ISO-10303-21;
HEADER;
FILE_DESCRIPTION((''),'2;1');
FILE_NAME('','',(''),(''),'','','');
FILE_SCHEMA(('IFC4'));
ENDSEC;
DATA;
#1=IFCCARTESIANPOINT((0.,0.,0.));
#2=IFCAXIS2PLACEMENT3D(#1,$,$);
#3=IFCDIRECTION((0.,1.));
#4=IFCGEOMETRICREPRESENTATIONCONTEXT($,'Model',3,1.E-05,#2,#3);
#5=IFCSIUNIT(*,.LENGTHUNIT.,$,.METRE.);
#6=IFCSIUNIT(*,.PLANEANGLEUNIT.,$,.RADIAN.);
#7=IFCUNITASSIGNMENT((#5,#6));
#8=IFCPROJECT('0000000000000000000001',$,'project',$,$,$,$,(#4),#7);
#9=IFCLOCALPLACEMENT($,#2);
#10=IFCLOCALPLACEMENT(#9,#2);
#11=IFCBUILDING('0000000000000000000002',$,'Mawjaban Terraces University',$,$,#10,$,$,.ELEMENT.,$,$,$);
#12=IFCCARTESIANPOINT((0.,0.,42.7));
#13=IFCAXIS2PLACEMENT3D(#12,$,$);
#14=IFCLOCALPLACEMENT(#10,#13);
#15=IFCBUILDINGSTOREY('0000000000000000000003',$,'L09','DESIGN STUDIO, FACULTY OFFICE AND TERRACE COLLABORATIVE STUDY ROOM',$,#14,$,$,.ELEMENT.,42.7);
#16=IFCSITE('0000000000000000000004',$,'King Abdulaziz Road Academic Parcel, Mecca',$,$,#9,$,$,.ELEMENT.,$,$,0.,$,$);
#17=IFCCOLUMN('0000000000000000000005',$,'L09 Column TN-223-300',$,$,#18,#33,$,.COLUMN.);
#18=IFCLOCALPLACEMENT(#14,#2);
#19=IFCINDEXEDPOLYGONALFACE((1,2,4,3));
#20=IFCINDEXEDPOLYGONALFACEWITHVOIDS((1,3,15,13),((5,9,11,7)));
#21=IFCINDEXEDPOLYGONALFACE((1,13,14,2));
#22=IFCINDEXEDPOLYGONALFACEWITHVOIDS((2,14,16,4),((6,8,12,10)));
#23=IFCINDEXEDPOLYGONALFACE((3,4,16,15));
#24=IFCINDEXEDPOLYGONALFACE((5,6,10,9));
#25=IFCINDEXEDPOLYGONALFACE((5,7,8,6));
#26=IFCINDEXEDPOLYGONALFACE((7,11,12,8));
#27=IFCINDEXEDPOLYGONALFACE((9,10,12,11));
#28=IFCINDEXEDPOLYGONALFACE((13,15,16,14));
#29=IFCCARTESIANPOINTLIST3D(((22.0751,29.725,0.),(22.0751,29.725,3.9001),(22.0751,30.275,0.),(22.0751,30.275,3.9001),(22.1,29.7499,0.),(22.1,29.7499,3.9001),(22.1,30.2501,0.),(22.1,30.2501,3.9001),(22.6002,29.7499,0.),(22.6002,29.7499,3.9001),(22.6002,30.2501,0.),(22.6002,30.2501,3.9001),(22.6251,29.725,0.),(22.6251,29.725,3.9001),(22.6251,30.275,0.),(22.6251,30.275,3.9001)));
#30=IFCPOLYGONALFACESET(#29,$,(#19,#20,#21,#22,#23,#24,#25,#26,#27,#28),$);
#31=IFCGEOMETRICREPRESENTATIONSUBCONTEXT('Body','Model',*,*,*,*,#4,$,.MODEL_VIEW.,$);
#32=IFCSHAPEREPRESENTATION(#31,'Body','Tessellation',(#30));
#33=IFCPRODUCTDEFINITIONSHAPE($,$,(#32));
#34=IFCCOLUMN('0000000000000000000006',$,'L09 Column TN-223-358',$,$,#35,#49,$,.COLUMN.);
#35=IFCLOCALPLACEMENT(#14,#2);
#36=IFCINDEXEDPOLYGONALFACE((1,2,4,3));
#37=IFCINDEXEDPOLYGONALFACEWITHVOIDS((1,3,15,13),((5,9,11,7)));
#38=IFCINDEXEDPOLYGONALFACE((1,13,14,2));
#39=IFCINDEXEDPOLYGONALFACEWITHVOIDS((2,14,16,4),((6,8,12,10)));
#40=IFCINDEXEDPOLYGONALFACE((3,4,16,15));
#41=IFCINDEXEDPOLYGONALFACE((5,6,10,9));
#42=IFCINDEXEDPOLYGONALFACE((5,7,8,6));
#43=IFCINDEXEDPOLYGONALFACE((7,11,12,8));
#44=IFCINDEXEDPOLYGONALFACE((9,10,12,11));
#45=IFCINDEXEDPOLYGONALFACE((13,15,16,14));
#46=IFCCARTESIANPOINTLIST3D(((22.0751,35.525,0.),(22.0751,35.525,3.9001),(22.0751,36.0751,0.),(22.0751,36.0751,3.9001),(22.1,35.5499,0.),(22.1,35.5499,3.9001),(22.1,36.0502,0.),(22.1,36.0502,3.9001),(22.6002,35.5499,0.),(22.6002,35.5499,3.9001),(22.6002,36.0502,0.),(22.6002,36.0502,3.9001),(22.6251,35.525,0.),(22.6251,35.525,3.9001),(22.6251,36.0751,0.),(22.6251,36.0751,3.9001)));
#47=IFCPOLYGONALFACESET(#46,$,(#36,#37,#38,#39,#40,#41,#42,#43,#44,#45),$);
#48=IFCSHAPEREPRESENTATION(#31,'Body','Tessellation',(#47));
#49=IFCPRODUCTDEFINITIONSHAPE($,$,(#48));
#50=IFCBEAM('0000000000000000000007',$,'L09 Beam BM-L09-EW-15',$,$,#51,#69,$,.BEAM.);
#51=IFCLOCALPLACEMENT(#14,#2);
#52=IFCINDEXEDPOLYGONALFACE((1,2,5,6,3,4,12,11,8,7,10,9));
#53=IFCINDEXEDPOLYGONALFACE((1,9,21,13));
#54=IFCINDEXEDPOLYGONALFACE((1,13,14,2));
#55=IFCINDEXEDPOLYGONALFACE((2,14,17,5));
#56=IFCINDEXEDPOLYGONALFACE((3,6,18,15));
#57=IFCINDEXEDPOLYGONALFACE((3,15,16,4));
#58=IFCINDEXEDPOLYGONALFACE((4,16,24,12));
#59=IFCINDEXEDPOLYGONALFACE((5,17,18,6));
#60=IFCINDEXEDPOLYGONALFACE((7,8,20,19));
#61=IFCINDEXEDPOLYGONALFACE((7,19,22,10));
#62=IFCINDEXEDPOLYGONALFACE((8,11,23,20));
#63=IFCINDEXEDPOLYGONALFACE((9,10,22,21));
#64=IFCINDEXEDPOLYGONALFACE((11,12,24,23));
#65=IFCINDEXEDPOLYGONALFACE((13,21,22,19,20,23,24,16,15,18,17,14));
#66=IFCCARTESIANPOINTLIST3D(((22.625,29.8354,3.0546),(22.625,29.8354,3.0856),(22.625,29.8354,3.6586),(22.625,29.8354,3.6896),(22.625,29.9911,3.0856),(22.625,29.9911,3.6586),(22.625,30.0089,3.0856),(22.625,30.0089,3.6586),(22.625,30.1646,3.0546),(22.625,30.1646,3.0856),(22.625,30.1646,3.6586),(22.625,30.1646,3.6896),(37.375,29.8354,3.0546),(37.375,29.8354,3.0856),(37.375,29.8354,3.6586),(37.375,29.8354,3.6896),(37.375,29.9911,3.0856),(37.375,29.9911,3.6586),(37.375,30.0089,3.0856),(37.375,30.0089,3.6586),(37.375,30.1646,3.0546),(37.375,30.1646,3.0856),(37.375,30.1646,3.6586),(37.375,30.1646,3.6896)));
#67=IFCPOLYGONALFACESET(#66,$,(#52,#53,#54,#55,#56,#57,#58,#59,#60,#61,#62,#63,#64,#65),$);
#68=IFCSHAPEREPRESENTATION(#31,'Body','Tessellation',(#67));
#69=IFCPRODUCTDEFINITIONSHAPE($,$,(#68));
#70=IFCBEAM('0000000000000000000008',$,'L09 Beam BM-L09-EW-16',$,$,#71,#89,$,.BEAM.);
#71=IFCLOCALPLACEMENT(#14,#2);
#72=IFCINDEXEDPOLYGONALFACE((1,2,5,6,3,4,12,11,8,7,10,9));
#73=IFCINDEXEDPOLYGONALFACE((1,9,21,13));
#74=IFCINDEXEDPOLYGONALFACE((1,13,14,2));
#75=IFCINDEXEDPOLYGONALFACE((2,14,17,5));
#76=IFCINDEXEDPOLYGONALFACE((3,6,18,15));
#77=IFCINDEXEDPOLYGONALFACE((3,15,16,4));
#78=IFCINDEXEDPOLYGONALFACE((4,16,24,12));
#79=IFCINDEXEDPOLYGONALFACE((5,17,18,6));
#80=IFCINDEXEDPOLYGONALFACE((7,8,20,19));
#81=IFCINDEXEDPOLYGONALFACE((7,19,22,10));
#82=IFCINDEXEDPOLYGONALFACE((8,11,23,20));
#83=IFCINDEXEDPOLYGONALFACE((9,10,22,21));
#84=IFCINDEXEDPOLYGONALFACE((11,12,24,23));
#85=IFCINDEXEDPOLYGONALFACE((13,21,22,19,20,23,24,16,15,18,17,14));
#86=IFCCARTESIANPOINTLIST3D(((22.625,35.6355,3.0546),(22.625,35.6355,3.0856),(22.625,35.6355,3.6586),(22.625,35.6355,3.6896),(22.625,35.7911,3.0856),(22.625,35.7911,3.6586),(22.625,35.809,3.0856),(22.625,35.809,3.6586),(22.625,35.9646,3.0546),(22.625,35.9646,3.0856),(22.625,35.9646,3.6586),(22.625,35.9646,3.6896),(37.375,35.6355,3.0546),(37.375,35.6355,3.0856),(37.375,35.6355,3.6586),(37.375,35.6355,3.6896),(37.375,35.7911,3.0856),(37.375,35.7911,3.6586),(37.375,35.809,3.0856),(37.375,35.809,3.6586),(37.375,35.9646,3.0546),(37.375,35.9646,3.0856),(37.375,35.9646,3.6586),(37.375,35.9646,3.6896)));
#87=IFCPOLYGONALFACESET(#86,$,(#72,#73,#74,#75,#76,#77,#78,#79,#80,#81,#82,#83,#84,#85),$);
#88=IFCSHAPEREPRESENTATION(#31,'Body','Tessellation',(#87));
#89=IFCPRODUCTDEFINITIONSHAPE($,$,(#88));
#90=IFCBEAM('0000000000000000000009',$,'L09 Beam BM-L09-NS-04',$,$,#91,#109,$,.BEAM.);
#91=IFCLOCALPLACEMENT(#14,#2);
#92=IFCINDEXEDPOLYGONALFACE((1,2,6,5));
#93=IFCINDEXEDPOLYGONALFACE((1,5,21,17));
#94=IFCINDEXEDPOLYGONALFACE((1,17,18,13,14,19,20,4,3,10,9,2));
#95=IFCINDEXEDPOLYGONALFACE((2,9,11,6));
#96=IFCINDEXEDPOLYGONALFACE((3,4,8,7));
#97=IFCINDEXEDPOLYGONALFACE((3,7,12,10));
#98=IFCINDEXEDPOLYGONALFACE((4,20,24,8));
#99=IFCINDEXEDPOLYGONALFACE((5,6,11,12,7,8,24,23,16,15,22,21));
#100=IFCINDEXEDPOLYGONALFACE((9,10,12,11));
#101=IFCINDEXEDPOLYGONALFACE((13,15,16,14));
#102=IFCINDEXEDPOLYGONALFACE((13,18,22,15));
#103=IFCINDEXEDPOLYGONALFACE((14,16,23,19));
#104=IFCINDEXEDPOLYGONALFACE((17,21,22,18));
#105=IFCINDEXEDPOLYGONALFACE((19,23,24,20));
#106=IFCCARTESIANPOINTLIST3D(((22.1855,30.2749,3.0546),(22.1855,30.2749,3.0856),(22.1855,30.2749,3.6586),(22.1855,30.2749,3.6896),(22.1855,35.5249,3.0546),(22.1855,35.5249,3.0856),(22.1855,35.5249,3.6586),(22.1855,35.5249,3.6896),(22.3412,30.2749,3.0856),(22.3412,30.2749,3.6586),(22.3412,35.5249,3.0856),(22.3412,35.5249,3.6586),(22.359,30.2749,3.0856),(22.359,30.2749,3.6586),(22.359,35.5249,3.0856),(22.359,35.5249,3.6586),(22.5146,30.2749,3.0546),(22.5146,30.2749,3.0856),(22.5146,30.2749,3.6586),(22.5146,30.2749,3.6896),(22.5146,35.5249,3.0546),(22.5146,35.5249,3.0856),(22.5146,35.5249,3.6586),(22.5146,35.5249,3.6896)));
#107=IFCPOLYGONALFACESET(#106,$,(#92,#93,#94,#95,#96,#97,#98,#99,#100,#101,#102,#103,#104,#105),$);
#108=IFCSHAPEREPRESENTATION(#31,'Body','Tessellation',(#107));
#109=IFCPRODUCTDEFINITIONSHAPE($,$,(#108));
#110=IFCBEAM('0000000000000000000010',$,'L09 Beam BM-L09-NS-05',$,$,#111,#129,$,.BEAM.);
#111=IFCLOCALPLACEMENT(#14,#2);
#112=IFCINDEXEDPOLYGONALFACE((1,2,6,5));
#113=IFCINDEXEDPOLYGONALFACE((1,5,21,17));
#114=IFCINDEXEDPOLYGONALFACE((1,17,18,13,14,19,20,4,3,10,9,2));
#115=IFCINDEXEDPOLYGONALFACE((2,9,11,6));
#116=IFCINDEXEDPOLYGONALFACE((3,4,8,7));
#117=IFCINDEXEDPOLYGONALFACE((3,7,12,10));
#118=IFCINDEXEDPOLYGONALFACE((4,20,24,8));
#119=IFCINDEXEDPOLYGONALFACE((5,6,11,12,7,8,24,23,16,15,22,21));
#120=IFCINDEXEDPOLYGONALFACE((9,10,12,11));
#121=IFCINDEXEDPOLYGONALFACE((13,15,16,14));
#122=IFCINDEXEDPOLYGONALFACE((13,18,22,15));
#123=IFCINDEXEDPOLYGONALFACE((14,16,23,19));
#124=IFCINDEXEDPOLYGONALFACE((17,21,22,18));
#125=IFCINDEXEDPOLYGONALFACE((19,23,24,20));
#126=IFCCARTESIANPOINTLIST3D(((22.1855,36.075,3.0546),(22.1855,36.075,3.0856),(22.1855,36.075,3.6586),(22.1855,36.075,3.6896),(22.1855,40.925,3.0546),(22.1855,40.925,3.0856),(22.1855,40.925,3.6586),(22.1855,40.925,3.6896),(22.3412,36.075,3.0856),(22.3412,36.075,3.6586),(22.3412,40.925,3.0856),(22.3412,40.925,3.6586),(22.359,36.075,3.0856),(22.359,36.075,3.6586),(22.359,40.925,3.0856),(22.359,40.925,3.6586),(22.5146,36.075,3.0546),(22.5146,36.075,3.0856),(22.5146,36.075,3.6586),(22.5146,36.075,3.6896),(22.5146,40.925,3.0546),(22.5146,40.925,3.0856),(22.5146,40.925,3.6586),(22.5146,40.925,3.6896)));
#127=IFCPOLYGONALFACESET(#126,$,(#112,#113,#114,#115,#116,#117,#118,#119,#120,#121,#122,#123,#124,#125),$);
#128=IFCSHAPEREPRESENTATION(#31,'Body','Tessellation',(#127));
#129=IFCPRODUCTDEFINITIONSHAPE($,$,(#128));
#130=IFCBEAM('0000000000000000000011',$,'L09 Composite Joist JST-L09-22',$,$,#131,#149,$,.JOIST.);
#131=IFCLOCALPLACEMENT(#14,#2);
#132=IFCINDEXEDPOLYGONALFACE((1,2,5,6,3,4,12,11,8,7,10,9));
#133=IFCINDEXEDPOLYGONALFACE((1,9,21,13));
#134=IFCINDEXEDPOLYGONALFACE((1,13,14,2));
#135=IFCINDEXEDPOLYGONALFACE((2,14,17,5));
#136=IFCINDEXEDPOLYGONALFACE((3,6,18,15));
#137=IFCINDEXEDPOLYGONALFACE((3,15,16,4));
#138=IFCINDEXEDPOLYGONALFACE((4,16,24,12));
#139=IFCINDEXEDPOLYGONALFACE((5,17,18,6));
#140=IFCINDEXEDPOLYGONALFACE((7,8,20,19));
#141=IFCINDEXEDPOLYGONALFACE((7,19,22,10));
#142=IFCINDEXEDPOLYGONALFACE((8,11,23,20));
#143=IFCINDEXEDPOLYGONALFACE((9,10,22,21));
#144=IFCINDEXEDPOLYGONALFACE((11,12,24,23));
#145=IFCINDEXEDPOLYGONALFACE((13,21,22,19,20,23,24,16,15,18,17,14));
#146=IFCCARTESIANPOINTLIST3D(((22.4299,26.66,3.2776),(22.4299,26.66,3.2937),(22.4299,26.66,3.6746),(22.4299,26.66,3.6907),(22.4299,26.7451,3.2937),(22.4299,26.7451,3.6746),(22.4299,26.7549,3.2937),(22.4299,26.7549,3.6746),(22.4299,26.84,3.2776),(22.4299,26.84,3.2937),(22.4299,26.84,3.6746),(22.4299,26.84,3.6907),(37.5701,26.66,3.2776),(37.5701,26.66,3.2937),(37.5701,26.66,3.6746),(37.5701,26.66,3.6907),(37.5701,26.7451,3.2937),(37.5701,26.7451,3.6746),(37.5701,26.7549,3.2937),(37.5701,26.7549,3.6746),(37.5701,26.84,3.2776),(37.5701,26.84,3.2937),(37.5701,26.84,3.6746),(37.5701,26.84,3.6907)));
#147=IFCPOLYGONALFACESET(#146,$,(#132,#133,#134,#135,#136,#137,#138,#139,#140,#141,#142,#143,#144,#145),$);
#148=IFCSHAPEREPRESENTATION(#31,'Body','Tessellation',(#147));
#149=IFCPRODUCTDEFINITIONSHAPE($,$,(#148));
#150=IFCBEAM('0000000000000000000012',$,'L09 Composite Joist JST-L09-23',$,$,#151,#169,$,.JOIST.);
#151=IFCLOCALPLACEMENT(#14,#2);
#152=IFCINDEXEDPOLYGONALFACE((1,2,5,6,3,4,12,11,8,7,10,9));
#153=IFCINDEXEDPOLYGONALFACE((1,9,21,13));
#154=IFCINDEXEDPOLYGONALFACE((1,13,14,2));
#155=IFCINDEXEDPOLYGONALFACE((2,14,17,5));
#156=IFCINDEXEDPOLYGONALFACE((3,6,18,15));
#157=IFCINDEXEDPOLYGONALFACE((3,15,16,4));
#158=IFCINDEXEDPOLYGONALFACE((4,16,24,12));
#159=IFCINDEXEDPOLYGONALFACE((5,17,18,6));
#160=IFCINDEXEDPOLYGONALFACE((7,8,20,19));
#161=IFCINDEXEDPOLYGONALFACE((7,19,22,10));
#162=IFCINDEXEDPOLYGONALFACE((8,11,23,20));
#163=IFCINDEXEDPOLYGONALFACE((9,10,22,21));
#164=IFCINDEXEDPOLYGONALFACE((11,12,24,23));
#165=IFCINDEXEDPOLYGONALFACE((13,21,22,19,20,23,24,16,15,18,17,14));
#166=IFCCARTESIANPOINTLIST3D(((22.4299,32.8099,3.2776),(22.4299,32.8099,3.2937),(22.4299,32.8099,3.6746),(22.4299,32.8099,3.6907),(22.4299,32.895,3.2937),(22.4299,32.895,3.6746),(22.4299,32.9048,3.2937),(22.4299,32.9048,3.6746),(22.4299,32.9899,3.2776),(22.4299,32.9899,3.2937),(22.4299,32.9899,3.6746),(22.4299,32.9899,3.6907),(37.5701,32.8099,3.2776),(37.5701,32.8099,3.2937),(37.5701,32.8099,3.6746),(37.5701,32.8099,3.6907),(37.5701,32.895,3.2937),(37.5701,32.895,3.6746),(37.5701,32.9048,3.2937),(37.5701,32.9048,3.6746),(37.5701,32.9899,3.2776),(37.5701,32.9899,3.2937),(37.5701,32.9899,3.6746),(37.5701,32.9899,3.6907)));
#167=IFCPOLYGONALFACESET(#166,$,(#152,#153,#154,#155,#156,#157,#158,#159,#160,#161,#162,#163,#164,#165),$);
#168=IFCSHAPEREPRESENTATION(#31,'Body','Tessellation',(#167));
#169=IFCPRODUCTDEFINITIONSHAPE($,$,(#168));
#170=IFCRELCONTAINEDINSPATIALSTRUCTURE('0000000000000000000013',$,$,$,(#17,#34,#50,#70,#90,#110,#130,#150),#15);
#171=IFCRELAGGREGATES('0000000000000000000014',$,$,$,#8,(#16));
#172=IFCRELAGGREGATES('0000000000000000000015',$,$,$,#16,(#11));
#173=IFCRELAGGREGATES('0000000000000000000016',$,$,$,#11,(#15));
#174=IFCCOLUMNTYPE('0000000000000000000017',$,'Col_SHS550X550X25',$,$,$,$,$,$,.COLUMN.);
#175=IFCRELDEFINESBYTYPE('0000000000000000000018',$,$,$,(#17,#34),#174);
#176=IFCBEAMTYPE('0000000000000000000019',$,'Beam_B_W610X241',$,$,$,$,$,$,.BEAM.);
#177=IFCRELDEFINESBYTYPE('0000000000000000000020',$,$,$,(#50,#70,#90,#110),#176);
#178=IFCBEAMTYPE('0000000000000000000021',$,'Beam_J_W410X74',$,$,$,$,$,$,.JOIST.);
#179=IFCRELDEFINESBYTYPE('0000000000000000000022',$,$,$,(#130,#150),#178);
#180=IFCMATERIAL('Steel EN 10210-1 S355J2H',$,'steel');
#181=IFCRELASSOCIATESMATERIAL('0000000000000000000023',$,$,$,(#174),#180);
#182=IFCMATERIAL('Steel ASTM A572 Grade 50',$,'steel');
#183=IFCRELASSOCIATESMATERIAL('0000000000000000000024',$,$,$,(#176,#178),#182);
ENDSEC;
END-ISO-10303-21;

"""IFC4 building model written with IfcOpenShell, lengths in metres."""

from ifc_helpers import new_model, si_unit, direction, frame, origin, origin_2d, place, context, subcontext, project, spatial, hollow_rectangle, i_section, extrude, material, material_profile, profile_set, type_object, element, save


model = new_model("IFC4")

# Units and contexts
model_context = context("Model", 3, precision=1e-05, world=origin(), true_north=direction((0.0, 1.0)))
body_context = subcontext(model_context, "Body", "Model", "MODEL_VIEW")
ifc_project = project(units=[si_unit("LENGTHUNIT", "METRE"), si_unit("PLANEANGLEUNIT", "RADIAN")], contexts=[model_context])

# Site, building, storey
site_placement = place(None, origin())
site = spatial("IfcSite", under=ifc_project, at=site_placement, Name="King Abdulaziz Road Academic Parcel, Mecca", CompositionType="ELEMENT", RefElevation=0.0)
building_placement = place(site_placement, origin())
building = spatial("IfcBuilding", under=site, at=building_placement, Name="Mawjaban Terraces University", CompositionType="ELEMENT")
storey_placement = place(building_placement, frame((0.0, 0.0, 42.7)))
storey = spatial("IfcBuildingStorey", under=building, at=storey_placement, Name="L09", Description="DESIGN STUDIO, FACULTY OFFICE AND TERRACE COLLABORATIVE STUDY ROOM", CompositionType="ELEMENT", Elevation=42.7)

# Columns
ifc_material_1 = material(Name="Steel EN 10210-1 S355J2H", Category="steel")
ifc_material_profile_1 = material_profile(ifc_material_1, hollow_rectangle(XDim=0.55, YDim=0.55, WallThickness=0.0249, at=origin_2d()), Name="SHS550X550X25")
ifc_profile_set_1 = profile_set([ifc_material_profile_1], Name="Steel EN 10210-1 S355J2H")
column_type = type_object("IfcColumnType", Name="Col_SHS550X550X25", PredefinedType="COLUMN", material=ifc_profile_set_1)
for number, where, z_axis, x_axis, name in (
    (1, (22.3501, 30.0, 0.0), (0.0, 0.0, 1.0), (1.0, 0.0, 0.0), "L09 Column TN-223-300"),
    (2, (22.3501, 35.8, 0.0), (0.0, 0.0, 1.0), (1.0, 0.0, 0.0), "L09 Column TN-223-358"),
):
    element("IfcColumn", number, at=place(storey_placement, frame(where, z_axis=z_axis, x_axis=x_axis)), inside=storey, type_object=column_type, Name=name, PredefinedType="COLUMN", context=body_context, shape_type="SweptSolid", body=[
        extrude(hollow_rectangle(XDim=0.55, YDim=0.55, WallThickness=0.0249, at=origin_2d()), origin(), (0.0, 0.0, 1.0), 3.9001),
    ])

# Beams
ifc_material_2 = material(Name="Steel ASTM A572 Grade 50", Category="steel")
ifc_material_profile_2 = material_profile(ifc_material_2, i_section(OverallWidth=0.3291, OverallDepth=0.635, WebThickness=0.0178, FlangeThickness=0.031, at=origin_2d()), Name="W610X241")
ifc_profile_set_2 = profile_set([ifc_material_profile_2], Name="Steel ASTM A572 Grade 50")
beam_type_1 = type_object("IfcBeamType", Name="Beam_B_W610X241", PredefinedType="BEAM", material=ifc_profile_set_2)
for number, where, z_axis, x_axis, name in (
    (3, (22.625, 30.0, 3.3721), (1.0, 0.0, 0.0), (0.0, 1.0, 0.0), "L09 Beam BM-L09-EW-15"),
    (4, (22.625, 35.8, 3.3721), (1.0, 0.0, 0.0), (0.0, 1.0, 0.0), "L09 Beam BM-L09-EW-16"),
):
    element("IfcBeam", number, at=place(storey_placement, frame(where, z_axis=z_axis, x_axis=x_axis)), inside=storey, type_object=beam_type_1, Name=name, PredefinedType="BEAM", context=body_context, shape_type="SweptSolid", body=[
        extrude(i_section(OverallWidth=0.3291, OverallDepth=0.635, WebThickness=0.0178, FlangeThickness=0.031, at=origin_2d()), origin(), (0.0, 0.0, 1.0), 14.75),
    ])
beam_1_placement = place(storey_placement, frame((22.3501, 30.2749, 3.3721), z_axis=(0.0, 1.0, 0.0), x_axis=(-1.0, 0.0, 0.0)))
element("IfcBeam", 5, at=beam_1_placement, inside=storey, type_object=beam_type_1, Name="L09 Beam BM-L09-NS-04", PredefinedType="BEAM", context=body_context, shape_type="SweptSolid", body=[
    extrude(i_section(OverallWidth=0.3291, OverallDepth=0.635, WebThickness=0.0178, FlangeThickness=0.031, at=origin_2d()), origin(), (0.0, 0.0, 1.0), 5.25),
])
beam_2_placement = place(storey_placement, frame((22.3501, 36.075, 3.3721), z_axis=(0.0, 1.0, 0.0), x_axis=(-1.0, 0.0, 0.0)))
element("IfcBeam", 6, at=beam_2_placement, inside=storey, type_object=beam_type_1, Name="L09 Beam BM-L09-NS-05", PredefinedType="BEAM", context=body_context, shape_type="SweptSolid", body=[
    extrude(i_section(OverallWidth=0.3291, OverallDepth=0.635, WebThickness=0.0178, FlangeThickness=0.031, at=origin_2d()), origin(), (0.0, 0.0, 1.0), 4.8501),
])
ifc_material_profile_3 = material_profile(ifc_material_2, i_section(OverallWidth=0.1799, OverallDepth=0.4131, WebThickness=0.0098, FlangeThickness=0.0161, at=origin_2d()), Name="W410X74")
ifc_profile_set_3 = profile_set([ifc_material_profile_3], Name="Steel ASTM A572 Grade 50")
beam_type_2 = type_object("IfcBeamType", Name="Beam_J_W410X74", PredefinedType="JOIST", material=ifc_profile_set_3)
for number, where, z_axis, x_axis, name in (
    (7, (22.4299, 26.75, 3.4841), (1.0, 0.0, 0.0), (0.0, 1.0, 0.0), "L09 Composite Joist JST-L09-22"),
    (8, (22.4299, 32.8999, 3.4841), (1.0, 0.0, 0.0), (0.0, 1.0, 0.0), "L09 Composite Joist JST-L09-23"),
):
    element("IfcBeam", number, at=place(storey_placement, frame(where, z_axis=z_axis, x_axis=x_axis)), inside=storey, type_object=beam_type_2, Name=name, PredefinedType="JOIST", context=body_context, shape_type="SweptSolid", body=[
        extrude(i_section(OverallWidth=0.1799, OverallDepth=0.4131, WebThickness=0.0098, FlangeThickness=0.0161, at=origin_2d()), origin(), (0.0, 0.0, 1.0), 15.1401),
    ])

save(model, "model.ifc")
